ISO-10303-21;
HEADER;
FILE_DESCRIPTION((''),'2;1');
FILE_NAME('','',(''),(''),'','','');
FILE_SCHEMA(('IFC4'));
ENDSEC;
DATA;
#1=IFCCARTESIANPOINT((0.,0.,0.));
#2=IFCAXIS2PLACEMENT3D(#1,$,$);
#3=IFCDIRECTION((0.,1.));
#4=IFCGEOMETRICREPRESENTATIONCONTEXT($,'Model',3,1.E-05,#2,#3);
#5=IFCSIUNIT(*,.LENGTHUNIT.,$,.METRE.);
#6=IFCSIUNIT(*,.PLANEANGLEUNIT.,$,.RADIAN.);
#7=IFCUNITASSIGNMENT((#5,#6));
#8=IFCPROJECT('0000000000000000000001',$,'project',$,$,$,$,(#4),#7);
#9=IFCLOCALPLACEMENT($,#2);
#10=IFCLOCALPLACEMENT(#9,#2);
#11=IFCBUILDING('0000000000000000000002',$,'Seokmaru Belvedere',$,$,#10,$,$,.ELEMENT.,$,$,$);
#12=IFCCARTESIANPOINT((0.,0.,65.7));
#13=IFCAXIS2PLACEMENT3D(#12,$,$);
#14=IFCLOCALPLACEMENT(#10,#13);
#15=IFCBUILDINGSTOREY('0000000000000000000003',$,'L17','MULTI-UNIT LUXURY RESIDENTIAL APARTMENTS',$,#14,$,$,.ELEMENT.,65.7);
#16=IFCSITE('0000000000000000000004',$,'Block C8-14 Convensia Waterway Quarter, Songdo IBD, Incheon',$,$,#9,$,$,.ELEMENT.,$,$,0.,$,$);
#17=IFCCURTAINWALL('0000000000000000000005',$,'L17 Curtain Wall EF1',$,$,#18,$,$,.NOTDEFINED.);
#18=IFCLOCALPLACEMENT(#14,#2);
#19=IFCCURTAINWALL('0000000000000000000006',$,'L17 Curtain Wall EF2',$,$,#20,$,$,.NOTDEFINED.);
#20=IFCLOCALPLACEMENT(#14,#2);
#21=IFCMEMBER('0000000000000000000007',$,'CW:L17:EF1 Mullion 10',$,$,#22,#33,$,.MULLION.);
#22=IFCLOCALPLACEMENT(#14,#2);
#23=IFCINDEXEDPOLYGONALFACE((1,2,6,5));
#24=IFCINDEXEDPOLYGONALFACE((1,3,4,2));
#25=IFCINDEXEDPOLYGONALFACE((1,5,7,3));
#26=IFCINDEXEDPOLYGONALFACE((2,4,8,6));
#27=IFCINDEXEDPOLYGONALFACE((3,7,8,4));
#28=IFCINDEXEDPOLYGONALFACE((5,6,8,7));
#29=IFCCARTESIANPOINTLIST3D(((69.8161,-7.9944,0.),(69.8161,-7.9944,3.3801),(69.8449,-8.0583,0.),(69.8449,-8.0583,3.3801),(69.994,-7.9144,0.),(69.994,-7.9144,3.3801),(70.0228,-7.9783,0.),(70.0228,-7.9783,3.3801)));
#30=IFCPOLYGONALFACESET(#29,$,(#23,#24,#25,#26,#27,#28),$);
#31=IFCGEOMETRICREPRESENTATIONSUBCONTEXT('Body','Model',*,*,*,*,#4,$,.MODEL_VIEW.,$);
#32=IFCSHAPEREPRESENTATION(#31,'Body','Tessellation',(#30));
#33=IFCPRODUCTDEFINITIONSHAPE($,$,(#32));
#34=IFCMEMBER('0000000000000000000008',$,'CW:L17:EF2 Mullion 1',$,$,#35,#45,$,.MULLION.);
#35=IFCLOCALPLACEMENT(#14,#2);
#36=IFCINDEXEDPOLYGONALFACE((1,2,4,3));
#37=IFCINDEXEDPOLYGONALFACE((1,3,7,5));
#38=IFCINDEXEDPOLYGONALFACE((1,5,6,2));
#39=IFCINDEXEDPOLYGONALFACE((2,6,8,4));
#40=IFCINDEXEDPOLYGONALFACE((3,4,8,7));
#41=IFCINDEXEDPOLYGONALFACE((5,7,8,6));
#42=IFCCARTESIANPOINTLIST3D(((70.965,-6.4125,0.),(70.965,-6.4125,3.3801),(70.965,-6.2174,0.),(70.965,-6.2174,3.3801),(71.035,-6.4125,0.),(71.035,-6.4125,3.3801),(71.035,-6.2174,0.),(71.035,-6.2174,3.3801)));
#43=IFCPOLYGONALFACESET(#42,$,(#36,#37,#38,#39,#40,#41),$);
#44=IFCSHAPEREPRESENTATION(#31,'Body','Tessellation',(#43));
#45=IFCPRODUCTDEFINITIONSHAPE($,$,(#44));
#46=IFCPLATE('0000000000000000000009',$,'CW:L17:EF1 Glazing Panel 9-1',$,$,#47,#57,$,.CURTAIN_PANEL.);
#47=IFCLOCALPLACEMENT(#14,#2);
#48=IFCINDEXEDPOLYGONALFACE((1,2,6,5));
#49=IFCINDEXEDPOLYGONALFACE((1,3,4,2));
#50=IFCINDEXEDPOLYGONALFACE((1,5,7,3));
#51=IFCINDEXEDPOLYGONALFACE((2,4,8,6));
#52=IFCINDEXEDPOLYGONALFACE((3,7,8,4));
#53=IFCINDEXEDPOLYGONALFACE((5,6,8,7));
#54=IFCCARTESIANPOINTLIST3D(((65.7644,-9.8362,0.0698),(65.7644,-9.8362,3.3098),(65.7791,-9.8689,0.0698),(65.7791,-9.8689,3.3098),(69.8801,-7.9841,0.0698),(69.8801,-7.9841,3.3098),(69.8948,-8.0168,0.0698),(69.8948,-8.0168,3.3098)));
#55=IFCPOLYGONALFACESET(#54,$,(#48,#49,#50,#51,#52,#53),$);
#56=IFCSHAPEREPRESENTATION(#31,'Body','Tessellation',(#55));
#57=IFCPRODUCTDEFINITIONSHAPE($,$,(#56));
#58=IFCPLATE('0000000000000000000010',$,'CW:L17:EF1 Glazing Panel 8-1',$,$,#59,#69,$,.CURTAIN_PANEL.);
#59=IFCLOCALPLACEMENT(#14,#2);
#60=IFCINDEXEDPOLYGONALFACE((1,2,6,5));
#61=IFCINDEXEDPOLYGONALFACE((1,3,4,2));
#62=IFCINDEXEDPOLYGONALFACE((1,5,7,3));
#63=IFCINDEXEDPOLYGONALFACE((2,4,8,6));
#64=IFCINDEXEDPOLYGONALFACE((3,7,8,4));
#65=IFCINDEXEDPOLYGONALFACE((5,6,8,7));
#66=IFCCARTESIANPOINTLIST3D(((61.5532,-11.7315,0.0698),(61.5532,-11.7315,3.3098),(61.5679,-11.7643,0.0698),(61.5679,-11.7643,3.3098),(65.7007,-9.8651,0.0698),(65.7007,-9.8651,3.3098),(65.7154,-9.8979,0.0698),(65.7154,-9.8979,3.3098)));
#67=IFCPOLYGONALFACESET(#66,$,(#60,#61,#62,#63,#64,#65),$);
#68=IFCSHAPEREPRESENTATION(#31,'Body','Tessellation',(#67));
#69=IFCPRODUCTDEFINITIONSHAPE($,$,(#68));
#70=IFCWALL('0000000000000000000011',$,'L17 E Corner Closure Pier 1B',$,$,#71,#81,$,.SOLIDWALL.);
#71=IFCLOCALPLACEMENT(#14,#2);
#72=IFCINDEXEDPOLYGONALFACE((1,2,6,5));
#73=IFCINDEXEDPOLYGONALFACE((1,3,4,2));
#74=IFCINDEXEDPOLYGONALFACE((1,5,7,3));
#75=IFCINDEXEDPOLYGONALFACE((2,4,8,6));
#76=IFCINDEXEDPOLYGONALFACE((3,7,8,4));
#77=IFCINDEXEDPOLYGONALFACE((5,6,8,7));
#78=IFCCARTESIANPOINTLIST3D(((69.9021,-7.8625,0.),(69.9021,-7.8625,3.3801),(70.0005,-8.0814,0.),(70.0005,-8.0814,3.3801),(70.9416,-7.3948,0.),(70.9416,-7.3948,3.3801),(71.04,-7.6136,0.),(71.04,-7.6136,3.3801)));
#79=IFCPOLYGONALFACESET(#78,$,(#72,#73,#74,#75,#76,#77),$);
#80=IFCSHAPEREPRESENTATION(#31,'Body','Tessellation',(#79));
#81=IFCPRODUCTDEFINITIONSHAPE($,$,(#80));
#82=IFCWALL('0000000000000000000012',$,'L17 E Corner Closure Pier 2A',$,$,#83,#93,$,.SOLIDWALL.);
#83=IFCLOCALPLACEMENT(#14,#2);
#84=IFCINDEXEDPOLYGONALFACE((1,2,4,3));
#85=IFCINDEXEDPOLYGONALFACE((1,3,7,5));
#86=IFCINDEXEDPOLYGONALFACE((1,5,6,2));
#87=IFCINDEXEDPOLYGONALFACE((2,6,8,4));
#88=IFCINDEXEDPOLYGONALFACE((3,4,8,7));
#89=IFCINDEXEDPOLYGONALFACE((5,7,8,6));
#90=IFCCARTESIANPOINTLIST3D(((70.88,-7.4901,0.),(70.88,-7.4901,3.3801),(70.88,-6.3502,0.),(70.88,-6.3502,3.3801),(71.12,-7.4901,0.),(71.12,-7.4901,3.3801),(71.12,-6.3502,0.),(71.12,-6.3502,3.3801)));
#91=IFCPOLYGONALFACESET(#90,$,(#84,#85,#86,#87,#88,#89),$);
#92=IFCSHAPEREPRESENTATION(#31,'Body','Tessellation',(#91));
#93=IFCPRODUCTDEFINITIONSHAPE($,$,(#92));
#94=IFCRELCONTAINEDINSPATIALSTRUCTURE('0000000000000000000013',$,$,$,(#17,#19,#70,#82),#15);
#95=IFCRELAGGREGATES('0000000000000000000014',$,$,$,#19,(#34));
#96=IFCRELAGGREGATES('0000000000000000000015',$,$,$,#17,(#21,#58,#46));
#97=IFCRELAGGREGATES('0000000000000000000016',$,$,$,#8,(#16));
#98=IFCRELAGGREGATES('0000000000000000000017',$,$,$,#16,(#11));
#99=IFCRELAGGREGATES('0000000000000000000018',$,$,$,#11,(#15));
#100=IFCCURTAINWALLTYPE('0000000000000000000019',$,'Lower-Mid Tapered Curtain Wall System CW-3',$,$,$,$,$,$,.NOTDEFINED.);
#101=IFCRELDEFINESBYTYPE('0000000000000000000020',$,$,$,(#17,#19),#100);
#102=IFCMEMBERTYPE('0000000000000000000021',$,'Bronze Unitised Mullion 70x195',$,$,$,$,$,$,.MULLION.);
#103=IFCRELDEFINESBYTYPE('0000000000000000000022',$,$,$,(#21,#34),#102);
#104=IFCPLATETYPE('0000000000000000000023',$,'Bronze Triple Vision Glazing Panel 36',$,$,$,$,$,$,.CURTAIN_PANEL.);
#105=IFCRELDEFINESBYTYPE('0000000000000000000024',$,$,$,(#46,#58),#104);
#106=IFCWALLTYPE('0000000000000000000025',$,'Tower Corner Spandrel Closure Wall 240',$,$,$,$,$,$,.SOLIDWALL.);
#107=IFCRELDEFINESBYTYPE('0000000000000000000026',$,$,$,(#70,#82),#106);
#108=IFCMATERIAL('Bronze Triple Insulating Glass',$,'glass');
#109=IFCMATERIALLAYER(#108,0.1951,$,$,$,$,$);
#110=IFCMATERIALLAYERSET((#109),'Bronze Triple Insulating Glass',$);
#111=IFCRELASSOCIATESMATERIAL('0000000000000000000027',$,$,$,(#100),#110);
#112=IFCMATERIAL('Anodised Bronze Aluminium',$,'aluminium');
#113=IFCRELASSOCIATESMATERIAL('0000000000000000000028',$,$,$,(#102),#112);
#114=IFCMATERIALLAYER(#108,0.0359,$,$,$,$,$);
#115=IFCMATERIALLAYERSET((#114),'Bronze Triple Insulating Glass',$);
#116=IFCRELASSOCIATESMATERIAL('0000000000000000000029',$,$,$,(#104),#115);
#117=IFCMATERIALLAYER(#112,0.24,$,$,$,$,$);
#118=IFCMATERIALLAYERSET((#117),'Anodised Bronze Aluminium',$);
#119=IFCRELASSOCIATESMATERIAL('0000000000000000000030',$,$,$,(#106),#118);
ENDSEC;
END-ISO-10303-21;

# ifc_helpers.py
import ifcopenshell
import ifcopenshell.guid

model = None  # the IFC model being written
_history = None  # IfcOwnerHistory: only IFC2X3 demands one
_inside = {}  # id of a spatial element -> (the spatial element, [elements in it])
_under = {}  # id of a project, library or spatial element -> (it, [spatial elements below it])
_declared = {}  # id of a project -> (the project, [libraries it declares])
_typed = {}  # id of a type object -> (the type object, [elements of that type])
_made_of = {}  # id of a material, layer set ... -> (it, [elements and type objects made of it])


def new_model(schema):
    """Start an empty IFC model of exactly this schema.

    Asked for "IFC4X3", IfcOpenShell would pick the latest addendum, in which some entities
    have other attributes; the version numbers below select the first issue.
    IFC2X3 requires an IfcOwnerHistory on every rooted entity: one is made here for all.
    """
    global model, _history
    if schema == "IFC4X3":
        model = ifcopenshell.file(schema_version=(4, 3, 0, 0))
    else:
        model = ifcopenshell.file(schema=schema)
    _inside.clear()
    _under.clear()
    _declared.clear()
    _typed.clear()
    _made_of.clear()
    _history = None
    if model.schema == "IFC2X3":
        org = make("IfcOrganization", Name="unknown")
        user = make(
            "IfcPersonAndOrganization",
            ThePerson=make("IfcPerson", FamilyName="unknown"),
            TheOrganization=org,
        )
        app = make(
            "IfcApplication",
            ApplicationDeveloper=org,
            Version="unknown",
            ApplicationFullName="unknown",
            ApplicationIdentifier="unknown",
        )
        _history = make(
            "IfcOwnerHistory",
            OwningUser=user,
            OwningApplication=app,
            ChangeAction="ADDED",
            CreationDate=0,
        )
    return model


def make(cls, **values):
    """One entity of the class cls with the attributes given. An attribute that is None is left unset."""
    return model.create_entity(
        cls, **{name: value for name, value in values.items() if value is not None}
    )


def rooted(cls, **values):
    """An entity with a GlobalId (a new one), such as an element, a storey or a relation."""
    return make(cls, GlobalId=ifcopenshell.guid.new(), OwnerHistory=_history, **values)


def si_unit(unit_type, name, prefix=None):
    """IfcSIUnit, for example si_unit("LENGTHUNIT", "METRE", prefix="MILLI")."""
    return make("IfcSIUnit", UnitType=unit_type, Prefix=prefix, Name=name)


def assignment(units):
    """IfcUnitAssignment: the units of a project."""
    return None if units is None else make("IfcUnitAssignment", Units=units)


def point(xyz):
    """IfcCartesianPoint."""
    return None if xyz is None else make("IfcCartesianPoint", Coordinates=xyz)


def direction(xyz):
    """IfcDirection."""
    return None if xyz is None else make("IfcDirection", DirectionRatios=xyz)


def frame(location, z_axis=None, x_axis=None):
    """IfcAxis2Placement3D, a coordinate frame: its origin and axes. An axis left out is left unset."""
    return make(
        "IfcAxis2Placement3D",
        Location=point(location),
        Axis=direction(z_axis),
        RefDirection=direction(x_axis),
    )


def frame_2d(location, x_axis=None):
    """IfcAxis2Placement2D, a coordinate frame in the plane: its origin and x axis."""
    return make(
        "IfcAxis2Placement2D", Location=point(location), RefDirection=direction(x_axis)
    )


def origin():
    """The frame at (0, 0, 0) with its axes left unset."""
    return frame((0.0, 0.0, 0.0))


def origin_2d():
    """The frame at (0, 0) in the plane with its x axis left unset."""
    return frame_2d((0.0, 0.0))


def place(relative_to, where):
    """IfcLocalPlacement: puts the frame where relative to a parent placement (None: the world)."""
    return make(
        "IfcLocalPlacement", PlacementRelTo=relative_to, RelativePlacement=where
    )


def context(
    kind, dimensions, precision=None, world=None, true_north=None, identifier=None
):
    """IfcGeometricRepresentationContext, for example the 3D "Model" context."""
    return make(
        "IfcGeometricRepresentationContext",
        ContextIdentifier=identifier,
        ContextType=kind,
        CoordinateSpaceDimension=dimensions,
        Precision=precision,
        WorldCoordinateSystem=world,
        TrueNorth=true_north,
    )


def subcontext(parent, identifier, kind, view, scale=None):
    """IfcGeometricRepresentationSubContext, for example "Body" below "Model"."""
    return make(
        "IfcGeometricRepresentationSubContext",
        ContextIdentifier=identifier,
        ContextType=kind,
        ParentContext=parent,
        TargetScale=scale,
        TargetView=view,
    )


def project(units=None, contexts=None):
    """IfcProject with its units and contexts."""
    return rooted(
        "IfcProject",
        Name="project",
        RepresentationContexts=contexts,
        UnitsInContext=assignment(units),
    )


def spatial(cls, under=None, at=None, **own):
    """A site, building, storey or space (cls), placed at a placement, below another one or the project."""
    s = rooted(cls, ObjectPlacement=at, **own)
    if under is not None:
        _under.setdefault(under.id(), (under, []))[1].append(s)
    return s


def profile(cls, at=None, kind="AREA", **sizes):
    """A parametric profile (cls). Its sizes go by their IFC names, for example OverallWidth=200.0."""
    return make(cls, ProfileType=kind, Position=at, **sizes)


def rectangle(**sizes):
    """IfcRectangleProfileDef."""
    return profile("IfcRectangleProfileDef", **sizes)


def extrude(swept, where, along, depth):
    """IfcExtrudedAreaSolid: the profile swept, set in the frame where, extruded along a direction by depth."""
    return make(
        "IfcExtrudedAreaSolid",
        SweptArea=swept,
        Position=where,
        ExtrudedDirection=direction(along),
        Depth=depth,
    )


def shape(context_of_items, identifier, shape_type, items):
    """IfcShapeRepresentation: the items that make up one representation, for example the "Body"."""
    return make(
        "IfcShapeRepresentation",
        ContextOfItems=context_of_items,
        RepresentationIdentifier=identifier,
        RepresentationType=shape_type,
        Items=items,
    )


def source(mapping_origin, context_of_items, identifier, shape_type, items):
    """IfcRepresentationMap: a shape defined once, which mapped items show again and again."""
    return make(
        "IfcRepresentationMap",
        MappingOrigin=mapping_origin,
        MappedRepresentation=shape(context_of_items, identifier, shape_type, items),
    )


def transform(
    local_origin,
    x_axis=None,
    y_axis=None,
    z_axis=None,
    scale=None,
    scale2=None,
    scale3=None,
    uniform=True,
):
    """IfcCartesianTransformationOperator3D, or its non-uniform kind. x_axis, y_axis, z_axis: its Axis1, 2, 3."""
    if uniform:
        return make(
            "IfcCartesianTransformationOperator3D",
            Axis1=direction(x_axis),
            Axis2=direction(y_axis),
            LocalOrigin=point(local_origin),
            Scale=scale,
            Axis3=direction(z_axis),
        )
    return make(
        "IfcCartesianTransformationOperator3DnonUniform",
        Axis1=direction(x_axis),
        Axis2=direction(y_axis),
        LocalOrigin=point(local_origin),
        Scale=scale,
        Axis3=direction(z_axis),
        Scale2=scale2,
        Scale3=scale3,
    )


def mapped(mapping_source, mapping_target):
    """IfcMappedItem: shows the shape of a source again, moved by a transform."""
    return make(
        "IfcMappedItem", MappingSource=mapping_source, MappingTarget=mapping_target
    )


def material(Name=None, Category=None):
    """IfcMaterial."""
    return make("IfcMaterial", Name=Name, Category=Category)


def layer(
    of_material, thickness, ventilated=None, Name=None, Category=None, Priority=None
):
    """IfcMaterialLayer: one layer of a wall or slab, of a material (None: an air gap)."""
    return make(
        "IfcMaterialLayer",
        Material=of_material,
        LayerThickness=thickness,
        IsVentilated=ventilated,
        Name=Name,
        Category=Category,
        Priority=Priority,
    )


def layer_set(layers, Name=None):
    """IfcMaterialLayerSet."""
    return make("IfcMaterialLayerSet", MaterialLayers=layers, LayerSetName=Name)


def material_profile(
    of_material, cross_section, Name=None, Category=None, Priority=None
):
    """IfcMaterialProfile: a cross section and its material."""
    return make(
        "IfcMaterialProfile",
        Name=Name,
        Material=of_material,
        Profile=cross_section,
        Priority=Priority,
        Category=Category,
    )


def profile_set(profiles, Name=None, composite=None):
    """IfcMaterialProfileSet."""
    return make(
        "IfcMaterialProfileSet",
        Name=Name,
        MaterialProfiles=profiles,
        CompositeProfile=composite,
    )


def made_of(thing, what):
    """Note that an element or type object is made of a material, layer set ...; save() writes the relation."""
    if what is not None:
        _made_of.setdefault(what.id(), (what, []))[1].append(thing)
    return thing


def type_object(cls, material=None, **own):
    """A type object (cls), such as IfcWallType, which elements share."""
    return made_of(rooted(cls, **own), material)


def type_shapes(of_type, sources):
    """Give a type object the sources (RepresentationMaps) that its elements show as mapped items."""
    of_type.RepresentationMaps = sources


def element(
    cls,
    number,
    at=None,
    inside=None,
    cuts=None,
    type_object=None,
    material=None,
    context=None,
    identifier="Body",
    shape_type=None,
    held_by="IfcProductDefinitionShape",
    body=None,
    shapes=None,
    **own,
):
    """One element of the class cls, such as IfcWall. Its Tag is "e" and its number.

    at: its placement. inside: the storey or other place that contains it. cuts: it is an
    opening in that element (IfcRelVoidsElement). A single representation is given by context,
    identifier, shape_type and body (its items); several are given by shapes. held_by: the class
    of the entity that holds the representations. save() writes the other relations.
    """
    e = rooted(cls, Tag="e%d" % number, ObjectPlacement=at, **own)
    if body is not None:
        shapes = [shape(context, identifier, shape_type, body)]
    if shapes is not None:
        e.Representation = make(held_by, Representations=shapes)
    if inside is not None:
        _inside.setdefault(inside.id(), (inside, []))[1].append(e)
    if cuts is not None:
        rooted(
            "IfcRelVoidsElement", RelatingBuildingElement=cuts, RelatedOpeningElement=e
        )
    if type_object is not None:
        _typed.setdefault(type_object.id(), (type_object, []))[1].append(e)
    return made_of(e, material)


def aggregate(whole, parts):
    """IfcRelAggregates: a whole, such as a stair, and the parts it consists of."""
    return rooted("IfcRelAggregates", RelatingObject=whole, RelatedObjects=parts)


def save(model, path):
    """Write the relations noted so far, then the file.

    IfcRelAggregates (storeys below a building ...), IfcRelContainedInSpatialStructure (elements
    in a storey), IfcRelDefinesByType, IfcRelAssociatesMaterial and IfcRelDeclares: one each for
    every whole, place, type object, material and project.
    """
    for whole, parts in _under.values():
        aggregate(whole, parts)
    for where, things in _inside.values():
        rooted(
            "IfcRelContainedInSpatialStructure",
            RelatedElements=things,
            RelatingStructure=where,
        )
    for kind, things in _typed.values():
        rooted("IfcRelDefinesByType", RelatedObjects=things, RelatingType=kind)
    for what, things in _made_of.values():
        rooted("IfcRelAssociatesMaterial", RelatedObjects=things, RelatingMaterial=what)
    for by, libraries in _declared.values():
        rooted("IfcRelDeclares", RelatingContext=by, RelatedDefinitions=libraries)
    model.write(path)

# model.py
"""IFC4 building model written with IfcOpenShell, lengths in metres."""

from ifc_helpers import new_model, si_unit, direction, frame, frame_2d, origin, origin_2d, place, context, subcontext, project, spatial, rectangle, extrude, source, transform, mapped, material, layer, layer_set, material_profile, profile_set, type_object, type_shapes, element, aggregate, save


model = new_model("IFC4")

# Units and contexts
model_context = context("Model", 3, precision=1e-05, world=origin(), true_north=direction((0.0, 1.0)))
body_context = subcontext(model_context, "Body", "Model", "MODEL_VIEW")
ifc_project = project(units=[si_unit("LENGTHUNIT", "METRE"), si_unit("PLANEANGLEUNIT", "RADIAN")], contexts=[model_context])

# Site, building, storey
site_placement = place(None, origin())
site = spatial("IfcSite", under=ifc_project, at=site_placement, Name="Block C8-14 Convensia Waterway Quarter, Songdo IBD, Incheon", CompositionType="ELEMENT", RefElevation=0.0)
building_placement = place(site_placement, origin())
building = spatial("IfcBuilding", under=site, at=building_placement, Name="Seokmaru Belvedere", CompositionType="ELEMENT")
storey_placement = place(building_placement, frame((0.0, 0.0, 65.7)))
storey = spatial("IfcBuildingStorey", under=building, at=storey_placement, Name="L17", Description="MULTI-UNIT LUXURY RESIDENTIAL APARTMENTS", CompositionType="ELEMENT", Elevation=65.7)

# Curtain walls
ifc_material_1 = material(Name="Bronze Triple Insulating Glass", Category="glass")
ifc_layer_1 = layer(ifc_material_1, 0.1951)
ifc_layer_set_1 = layer_set([ifc_layer_1], Name="Bronze Triple Insulating Glass")
curtain_wall_type = type_object("IfcCurtainWallType", Name="Lower-Mid Tapered Curtain Wall System CW-3", PredefinedType="NOTDEFINED", material=ifc_layer_set_1)
curtain_wall_1_placement = place(storey_placement, origin())
curtain_wall_1 = element("IfcCurtainWall", 1, at=curtain_wall_1_placement, inside=storey, type_object=curtain_wall_type, Name="L17 Curtain Wall EF1", PredefinedType="NOTDEFINED")
ifc_material_2 = material(Name="Anodised Bronze Aluminium", Category="aluminium")
ifc_material_profile_1 = material_profile(ifc_material_2, rectangle(XDim=0.0701, YDim=0.1951, at=origin_2d()), Name="CW-M-70x195")
ifc_profile_set_1 = profile_set([ifc_material_profile_1], Name="Anodised Bronze Aluminium")
member_type_1 = type_object("IfcMemberType", Name="Bronze Unitised Mullion 70x195", PredefinedType="MULLION", material=ifc_profile_set_1)
curtain_wall_2_placement = place(storey_placement, origin())
curtain_wall_2 = element("IfcCurtainWall", 2, at=curtain_wall_2_placement, inside=storey, type_object=curtain_wall_type, Name="L17 Curtain Wall EF2", PredefinedType="NOTDEFINED")

# Members
shared_shape_1 = source(origin(), body_context, "Body", "SweptSolid", [
    extrude(rectangle(XDim=0.0701, YDim=0.1951, at=origin_2d()), origin(), (0.0, 0.0, 1.0), 3.3801),
])
member_1_placement = place(storey_placement, frame((69.9194, -7.9863, 0.0), z_axis=(0.0, 0.0, 1.0), x_axis=(-0.410366, 0.911921, 0.0)))
member_1 = element("IfcMember", 3, at=member_1_placement, type_object=member_type_1, Name="CW:L17:EF1 Mullion 10", PredefinedType="MULLION", context=body_context, shape_type="MappedRepresentation", body=[
    mapped(shared_shape_1, transform((0.0, 0.0, 0.0), scale=1.0)),
])
member_2_placement = place(storey_placement, frame((71.0, -6.3149, 0.0), z_axis=(0.0, 0.0, 1.0), x_axis=(-1.0, 0.0, 0.0)))
member_2 = element("IfcMember", 4, at=member_2_placement, type_object=member_type_1, Name="CW:L17:EF2 Mullion 1", PredefinedType="MULLION", context=body_context, shape_type="MappedRepresentation", body=[
    mapped(shared_shape_1, transform((0.0, 0.0, 0.0), scale=1.0)),
])
aggregate(curtain_wall_2, [member_2])

# Plates
ifc_layer_2 = layer(ifc_material_1, 0.0359)
ifc_layer_set_2 = layer_set([ifc_layer_2], Name="Bronze Triple Insulating Glass")
plate_type = type_object("IfcPlateType", Name="Bronze Triple Vision Glazing Panel 36", PredefinedType="CURTAIN_PANEL", material=ifc_layer_set_2)
shared_shape_2 = source(origin(), body_context, "Body", "SweptSolid", [
    extrude(rectangle(XDim=4.5132, YDim=0.0359, at=origin_2d()), origin(), (0.0, 0.0, 1.0), 3.24),
])
plate_1_placement = place(storey_placement, frame((67.8296, -8.9265, 0.0698), z_axis=(0.0, 0.0, 1.0), x_axis=(0.911921, 0.410366, 0.0)))
plate_1 = element("IfcPlate", 5, at=plate_1_placement, type_object=plate_type, Name="CW:L17:EF1 Glazing Panel 9-1", PredefinedType="CURTAIN_PANEL", context=body_context, shape_type="MappedRepresentation", body=[
    mapped(shared_shape_2, transform((0.0, 0.0, 0.0), scale=1.0)),
])
shared_shape_3 = source(origin(), body_context, "Body", "SweptSolid", [
    extrude(rectangle(XDim=4.5481, YDim=0.0359, at=origin_2d()), origin(), (0.0, 0.0, 1.0), 3.24),
])
type_shapes(plate_type, [shared_shape_2, shared_shape_3])
plate_2_placement = place(storey_placement, frame((63.6343, -10.8147, 0.0698), z_axis=(0.0, 0.0, 1.0), x_axis=(0.911921, 0.410366, 0.0)))
plate_2 = element("IfcPlate", 6, at=plate_2_placement, type_object=plate_type, Name="CW:L17:EF1 Glazing Panel 8-1", PredefinedType="CURTAIN_PANEL", context=body_context, shape_type="MappedRepresentation", body=[
    mapped(shared_shape_3, transform((0.0, 0.0, 0.0), scale=1.0)),
])
aggregate(curtain_wall_1, [member_1, plate_2, plate_1])

# Walls
ifc_layer_3 = layer(ifc_material_2, 0.24)
ifc_layer_set_3 = layer_set([ifc_layer_3], Name="Anodised Bronze Aluminium")
wall_type = type_object("IfcWallType", Name="Tower Corner Spandrel Closure Wall 240", PredefinedType="SOLIDWALL", material=ifc_layer_set_3)
for number, where, z_axis, x_axis, name in (
    (7, (69.9514, -7.9719, 0.0), (0.0, 0.0, 1.0), (0.91193, 0.410347, 0.0), "L17 E Corner Closure Pier 1B"),
    (8, (71.0, -7.49, 0.0), (0.0, 0.0, 1.0), (0.0, 1.0, 0.0), "L17 E Corner Closure Pier 2A"),
):
    element("IfcWall", number, at=place(storey_placement, frame(where, z_axis=z_axis, x_axis=x_axis)), inside=storey, type_object=wall_type, Name=name, PredefinedType="SOLIDWALL", context=body_context, shape_type="SweptSolid", body=[
        extrude(rectangle(XDim=1.1399, YDim=0.24, at=frame_2d((0.5698, 0.0))), origin(), (0.0, 0.0, 1.0), 3.3801),
    ])

save(model, "model.ifc")
